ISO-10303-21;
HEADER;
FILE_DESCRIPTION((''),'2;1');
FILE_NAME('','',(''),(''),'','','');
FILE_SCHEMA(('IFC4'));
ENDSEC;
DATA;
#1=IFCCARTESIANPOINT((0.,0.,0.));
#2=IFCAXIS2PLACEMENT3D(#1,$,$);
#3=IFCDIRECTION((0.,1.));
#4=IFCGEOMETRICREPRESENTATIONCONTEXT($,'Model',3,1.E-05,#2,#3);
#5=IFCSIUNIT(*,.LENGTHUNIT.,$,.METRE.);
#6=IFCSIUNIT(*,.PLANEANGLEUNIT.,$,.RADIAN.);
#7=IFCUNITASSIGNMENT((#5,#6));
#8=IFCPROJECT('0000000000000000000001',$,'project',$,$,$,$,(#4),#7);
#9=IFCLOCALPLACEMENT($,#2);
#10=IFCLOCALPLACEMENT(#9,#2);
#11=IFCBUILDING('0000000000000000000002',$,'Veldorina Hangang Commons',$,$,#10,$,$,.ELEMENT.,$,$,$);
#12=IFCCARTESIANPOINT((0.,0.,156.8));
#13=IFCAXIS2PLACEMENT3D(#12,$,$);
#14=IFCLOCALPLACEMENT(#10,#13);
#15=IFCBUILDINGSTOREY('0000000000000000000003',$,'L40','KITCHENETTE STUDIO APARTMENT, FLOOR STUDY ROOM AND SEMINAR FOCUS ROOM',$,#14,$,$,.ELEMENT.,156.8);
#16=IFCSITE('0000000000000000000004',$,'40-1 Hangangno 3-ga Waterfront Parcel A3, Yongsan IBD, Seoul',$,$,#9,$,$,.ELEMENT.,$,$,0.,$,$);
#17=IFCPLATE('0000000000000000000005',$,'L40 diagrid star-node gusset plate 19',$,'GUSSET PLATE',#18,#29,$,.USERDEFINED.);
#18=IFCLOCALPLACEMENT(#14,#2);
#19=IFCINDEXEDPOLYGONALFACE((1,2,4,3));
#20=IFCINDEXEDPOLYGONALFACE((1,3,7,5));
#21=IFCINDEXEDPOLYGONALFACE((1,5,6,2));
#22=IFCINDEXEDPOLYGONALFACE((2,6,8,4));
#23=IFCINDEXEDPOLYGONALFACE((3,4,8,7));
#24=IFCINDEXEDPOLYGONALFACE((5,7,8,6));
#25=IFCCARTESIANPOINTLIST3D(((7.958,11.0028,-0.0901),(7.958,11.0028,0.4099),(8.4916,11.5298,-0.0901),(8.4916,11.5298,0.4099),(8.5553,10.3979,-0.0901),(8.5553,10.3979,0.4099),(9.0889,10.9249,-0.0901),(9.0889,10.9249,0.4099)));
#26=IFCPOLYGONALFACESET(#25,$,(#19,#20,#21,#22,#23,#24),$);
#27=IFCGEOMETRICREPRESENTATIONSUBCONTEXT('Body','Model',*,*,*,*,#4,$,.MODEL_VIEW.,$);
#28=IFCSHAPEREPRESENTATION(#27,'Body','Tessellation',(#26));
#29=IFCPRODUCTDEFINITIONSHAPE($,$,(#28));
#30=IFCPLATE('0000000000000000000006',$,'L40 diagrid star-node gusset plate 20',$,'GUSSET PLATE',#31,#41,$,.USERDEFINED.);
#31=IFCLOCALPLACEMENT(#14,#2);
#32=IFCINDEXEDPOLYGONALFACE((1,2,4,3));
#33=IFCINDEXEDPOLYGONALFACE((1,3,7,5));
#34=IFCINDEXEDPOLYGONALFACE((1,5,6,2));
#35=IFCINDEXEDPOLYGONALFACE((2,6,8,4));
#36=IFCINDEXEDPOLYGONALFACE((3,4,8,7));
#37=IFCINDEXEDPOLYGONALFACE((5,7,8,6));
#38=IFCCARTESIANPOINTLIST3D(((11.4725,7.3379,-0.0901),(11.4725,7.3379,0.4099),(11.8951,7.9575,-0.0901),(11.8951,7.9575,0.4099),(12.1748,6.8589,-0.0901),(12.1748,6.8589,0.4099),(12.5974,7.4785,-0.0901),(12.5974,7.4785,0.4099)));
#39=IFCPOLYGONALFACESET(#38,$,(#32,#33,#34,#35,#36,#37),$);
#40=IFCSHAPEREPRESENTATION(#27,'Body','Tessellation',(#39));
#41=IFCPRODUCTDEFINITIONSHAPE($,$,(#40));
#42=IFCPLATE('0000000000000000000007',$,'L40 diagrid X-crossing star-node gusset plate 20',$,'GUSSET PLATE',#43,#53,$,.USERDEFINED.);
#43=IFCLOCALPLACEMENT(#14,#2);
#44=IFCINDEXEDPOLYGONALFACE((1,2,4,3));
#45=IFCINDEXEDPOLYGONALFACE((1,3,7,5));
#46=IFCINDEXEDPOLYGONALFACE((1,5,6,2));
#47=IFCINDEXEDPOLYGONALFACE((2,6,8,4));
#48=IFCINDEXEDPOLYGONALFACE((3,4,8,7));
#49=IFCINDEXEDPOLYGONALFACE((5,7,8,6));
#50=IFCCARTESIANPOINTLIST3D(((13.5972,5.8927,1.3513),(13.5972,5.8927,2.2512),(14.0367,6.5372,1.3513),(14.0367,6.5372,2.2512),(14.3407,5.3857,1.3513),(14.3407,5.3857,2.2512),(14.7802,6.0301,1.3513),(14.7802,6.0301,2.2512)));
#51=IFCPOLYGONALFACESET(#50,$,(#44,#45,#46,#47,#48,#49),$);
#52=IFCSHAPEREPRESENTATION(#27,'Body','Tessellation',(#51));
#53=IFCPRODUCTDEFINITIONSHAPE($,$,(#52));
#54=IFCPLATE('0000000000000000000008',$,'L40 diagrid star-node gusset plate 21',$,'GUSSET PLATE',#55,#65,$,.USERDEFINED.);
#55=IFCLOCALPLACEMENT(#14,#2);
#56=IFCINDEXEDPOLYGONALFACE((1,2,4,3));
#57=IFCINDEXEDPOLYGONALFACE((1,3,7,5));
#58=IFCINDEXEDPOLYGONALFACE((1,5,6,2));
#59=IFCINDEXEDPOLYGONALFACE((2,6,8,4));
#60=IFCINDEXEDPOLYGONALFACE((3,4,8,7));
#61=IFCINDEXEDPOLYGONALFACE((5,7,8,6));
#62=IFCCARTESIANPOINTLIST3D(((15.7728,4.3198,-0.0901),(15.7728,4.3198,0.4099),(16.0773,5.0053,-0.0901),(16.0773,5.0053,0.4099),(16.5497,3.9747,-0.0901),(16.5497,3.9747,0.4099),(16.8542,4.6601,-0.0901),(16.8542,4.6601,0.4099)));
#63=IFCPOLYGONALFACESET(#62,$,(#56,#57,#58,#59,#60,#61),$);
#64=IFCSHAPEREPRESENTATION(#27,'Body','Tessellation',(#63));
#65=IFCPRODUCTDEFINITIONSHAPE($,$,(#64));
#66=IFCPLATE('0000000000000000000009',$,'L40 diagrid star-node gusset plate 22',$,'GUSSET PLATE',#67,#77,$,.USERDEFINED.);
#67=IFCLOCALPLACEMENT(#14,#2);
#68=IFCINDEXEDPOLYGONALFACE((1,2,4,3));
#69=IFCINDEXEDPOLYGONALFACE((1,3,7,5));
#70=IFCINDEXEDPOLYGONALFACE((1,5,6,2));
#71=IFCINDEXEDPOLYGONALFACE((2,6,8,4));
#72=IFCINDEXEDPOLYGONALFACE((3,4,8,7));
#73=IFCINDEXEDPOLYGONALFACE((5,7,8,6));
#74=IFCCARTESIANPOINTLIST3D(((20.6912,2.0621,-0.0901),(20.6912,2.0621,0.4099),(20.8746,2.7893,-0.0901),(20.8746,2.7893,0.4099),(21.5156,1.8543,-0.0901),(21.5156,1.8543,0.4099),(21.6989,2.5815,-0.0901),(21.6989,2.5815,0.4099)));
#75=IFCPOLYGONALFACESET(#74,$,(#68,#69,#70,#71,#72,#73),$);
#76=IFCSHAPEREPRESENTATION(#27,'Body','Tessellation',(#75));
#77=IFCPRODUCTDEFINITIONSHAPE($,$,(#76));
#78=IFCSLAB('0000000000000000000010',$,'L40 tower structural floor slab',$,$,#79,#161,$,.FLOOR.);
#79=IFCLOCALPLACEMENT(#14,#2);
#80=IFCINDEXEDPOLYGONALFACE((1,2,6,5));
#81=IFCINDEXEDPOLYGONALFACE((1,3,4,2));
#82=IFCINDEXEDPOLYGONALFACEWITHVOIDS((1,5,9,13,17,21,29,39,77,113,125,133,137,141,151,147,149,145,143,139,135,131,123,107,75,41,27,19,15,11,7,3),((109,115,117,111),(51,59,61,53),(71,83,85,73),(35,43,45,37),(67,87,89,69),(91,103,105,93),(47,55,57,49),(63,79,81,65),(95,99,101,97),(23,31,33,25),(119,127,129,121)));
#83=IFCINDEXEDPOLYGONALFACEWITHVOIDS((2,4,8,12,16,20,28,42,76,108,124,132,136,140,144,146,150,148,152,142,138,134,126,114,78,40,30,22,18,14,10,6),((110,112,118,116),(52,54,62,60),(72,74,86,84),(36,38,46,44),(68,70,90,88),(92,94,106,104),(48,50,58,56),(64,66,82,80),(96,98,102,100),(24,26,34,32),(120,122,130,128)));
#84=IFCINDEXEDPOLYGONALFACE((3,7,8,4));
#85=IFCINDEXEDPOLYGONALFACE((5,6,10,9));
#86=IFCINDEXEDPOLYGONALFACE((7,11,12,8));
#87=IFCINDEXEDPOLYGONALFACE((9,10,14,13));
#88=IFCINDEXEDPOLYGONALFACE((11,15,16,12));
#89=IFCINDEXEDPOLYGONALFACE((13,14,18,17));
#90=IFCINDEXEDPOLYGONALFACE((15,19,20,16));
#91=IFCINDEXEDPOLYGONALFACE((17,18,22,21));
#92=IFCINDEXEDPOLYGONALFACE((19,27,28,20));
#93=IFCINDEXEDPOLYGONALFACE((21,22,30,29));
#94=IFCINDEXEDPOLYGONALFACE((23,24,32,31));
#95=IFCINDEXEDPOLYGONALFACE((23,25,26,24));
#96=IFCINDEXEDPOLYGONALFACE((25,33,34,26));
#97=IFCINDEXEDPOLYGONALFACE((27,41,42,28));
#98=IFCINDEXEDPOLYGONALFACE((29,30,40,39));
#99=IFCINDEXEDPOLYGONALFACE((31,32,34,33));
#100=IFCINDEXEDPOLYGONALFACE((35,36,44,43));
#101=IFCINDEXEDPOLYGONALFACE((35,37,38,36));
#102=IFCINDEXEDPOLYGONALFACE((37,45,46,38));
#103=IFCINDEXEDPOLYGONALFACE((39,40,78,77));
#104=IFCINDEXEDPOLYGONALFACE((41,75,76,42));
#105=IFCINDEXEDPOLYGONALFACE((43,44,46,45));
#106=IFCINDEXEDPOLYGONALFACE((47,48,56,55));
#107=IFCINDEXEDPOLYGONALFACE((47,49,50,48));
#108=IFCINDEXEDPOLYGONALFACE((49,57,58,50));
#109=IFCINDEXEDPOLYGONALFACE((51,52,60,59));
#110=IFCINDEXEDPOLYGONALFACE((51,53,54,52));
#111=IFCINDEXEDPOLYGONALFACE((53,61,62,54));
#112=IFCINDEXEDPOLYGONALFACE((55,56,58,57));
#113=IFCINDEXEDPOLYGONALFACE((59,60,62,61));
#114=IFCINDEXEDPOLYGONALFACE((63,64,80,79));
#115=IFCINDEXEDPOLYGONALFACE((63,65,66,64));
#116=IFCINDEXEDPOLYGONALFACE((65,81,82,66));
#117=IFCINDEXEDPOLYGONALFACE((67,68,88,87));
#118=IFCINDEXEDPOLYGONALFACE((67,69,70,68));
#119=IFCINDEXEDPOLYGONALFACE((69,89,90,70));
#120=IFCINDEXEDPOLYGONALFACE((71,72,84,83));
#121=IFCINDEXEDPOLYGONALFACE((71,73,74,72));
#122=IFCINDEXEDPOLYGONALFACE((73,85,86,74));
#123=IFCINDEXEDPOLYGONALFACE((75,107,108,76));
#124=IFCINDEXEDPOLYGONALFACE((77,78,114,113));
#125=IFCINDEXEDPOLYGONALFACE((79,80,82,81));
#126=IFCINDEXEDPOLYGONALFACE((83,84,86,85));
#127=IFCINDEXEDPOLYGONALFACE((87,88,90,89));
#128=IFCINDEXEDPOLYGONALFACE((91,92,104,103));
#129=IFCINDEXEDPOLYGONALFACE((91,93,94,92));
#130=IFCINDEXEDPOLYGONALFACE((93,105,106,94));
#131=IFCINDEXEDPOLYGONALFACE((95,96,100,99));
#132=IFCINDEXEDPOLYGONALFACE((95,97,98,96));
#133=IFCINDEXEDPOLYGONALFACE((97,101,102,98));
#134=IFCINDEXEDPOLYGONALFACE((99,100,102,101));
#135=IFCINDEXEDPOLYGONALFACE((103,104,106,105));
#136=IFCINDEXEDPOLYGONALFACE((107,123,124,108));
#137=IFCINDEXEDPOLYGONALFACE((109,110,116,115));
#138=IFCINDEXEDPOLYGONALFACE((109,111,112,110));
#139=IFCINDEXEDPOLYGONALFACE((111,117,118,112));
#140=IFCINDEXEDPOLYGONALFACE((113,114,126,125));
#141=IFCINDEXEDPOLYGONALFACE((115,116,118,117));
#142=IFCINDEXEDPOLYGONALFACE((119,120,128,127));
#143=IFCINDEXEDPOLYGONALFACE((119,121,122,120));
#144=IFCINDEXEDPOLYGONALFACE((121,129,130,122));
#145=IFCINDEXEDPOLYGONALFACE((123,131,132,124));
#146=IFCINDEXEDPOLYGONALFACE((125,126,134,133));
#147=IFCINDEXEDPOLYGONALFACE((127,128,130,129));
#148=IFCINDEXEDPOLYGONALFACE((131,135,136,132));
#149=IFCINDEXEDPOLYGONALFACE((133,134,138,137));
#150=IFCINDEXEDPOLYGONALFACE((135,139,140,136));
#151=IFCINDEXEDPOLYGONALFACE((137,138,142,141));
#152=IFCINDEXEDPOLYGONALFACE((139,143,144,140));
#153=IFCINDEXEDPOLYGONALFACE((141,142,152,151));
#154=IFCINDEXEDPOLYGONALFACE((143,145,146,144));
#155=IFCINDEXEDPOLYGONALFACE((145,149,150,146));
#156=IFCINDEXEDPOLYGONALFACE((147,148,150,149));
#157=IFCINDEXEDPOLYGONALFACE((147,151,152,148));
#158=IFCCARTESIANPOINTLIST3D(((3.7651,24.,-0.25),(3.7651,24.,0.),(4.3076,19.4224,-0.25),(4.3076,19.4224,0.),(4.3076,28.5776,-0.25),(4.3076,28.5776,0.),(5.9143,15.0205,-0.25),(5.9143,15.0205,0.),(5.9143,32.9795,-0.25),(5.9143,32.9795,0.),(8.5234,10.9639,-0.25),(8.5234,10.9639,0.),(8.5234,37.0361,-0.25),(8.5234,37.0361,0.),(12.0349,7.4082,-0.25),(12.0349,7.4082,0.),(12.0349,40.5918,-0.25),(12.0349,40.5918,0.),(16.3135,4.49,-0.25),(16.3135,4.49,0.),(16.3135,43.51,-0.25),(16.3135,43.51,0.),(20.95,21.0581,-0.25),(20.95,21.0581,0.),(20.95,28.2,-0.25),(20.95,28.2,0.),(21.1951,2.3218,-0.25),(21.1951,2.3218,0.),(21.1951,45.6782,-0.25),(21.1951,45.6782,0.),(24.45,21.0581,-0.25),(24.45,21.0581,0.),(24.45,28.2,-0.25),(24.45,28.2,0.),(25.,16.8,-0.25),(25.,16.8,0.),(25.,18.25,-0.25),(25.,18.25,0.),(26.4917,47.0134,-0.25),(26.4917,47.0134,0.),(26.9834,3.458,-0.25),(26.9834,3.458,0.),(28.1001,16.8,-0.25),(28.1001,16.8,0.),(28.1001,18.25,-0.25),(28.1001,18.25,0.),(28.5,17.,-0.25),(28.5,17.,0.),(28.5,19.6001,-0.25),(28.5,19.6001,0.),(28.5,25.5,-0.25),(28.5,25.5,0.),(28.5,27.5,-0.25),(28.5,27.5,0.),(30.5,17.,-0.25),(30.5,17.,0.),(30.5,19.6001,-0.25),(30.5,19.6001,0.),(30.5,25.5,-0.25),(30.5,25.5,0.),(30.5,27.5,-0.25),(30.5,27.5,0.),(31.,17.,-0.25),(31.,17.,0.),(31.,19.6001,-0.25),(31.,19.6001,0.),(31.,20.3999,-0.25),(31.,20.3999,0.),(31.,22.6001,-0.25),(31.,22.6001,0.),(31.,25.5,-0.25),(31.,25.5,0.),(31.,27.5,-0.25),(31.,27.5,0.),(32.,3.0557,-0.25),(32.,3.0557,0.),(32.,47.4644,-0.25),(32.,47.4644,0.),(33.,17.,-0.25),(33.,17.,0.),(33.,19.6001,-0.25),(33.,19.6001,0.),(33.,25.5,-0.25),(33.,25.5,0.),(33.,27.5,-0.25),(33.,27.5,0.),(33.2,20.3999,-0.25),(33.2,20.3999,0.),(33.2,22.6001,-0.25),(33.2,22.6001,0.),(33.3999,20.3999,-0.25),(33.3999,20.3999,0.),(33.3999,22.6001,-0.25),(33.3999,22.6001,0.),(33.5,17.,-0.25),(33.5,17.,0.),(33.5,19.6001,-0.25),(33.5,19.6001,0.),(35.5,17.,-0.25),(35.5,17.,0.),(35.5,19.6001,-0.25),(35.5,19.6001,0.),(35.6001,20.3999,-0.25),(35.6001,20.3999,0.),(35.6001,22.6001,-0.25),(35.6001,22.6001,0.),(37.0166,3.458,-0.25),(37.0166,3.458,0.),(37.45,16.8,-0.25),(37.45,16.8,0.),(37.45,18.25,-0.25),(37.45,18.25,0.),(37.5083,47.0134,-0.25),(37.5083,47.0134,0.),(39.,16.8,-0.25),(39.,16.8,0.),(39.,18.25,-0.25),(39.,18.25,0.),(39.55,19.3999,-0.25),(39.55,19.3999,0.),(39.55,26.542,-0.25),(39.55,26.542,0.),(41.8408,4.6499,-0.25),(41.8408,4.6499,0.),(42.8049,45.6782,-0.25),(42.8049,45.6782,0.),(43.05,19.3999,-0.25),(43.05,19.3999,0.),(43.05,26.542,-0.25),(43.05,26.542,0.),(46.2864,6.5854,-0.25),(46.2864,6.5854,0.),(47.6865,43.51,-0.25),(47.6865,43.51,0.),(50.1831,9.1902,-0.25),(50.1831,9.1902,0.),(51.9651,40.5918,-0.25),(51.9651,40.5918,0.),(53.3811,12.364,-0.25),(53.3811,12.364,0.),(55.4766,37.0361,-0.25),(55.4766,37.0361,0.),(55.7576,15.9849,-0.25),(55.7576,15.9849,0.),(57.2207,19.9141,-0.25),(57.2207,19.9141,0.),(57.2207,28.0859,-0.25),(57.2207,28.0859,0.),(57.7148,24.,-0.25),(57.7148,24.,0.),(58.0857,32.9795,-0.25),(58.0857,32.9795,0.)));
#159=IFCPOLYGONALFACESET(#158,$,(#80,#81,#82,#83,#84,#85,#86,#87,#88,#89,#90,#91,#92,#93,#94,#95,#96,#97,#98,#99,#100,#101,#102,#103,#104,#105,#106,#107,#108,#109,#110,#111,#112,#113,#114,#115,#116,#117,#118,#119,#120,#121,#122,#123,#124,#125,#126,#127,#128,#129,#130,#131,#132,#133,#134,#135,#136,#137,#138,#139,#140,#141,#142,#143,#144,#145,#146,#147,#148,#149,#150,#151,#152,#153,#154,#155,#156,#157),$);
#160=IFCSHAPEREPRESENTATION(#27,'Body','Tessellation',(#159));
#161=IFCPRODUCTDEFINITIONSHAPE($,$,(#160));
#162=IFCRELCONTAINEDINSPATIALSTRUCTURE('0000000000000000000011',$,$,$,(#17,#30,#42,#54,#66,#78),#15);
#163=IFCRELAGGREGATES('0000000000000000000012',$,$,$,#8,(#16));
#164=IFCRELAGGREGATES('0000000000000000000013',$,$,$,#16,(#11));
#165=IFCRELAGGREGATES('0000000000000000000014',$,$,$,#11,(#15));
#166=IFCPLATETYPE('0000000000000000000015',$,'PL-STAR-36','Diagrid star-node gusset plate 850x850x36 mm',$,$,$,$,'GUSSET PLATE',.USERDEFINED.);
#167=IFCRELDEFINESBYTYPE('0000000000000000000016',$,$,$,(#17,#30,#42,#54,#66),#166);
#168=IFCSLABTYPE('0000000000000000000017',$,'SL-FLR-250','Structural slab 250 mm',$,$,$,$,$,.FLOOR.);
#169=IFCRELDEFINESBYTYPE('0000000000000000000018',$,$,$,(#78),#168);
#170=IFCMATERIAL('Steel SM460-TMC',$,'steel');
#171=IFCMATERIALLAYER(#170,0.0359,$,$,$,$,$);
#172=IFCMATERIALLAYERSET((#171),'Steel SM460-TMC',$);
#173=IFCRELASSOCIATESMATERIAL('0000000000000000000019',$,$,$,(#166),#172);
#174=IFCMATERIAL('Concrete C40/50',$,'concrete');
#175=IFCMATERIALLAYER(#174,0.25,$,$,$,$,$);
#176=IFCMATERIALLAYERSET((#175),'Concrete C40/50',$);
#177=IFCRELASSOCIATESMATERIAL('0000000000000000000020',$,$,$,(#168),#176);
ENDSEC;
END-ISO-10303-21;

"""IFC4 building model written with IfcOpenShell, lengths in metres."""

from ifc_helpers import new_model, si_unit, direction, frame, origin, origin_2d, place, context, subcontext, project, spatial, polyline, rectangle, outline, extrude, material, layer, layer_set, type_object, element, save


model = new_model("IFC4")

# Units and contexts
model_context = context("Model", 3, precision=1e-05, world=origin(), true_north=direction((0.0, 1.0)))
body_context = subcontext(model_context, "Body", "Model", "MODEL_VIEW")
ifc_project = project(units=[si_unit("LENGTHUNIT", "METRE"), si_unit("PLANEANGLEUNIT", "RADIAN")], contexts=[model_context])

# Site, building, storey
site_placement = place(None, origin())
site = spatial("IfcSite", under=ifc_project, at=site_placement, Name="40-1 Hangangno 3-ga Waterfront Parcel A3, Yongsan IBD, Seoul", CompositionType="ELEMENT", RefElevation=0.0)
building_placement = place(site_placement, origin())
building = spatial("IfcBuilding", under=site, at=building_placement, Name="Veldorina Hangang Commons", CompositionType="ELEMENT")
storey_placement = place(building_placement, frame((0.0, 0.0, 156.8)))
storey = spatial("IfcBuildingStorey", under=building, at=storey_placement, Name="L40", Description="KITCHENETTE STUDIO APARTMENT, FLOOR STUDY ROOM AND SEMINAR FOCUS ROOM", CompositionType="ELEMENT", Elevation=156.8)

# Plates
ifc_material_1 = material(Name="Steel SM460-TMC", Category="steel")
ifc_layer_1 = layer(ifc_material_1, 0.0359)
ifc_layer_set_1 = layer_set([ifc_layer_1], Name="Steel SM460-TMC")
plate_type = type_object("IfcPlateType", Name="PL-STAR-36", Description="Diagrid star-node gusset plate 850x850x36 mm", ElementType="GUSSET PLATE", PredefinedType="USERDEFINED", material=ifc_layer_set_1)
for number, where, z_axis, x_axis, name in (
    (1, (8.5234, 10.9639, -0.0901), (0.0, 0.0, 1.0), (0.702662, -0.711523, 0.0), "L40 diagrid star-node gusset plate 19"),
    (2, (12.0349, 7.4082, -0.0901), (0.0, 0.0, 1.0), (0.826147, -0.563454, 0.0), "L40 diagrid star-node gusset plate 20"),
):
    element("IfcPlate", number, at=place(storey_placement, frame(where, z_axis=z_axis, x_axis=x_axis)), inside=storey, type_object=plate_type, Name=name, ObjectType="GUSSET PLATE", PredefinedType="USERDEFINED", context=body_context, shape_type="SweptSolid", body=[
        extrude(rectangle(XDim=0.8501, YDim=0.75, at=origin_2d()), origin(), (0.0, 0.0, 1.0), 0.5),
    ])
plate_placement = place(storey_placement, frame((14.1887, 5.9614, 1.3513), z_axis=(0.0, 0.0, 1.0), x_axis=(0.826147, -0.563454, 0.0)))
element("IfcPlate", 3, at=plate_placement, inside=storey, type_object=plate_type, Name="L40 diagrid X-crossing star-node gusset plate 20", ObjectType="GUSSET PLATE", PredefinedType="USERDEFINED", context=body_context, shape_type="SweptSolid", body=[
    extrude(rectangle(XDim=0.8999, YDim=0.78, at=origin_2d()), origin(), (0.0, 0.0, 1.0), 0.8999),
])
for number, where, z_axis, x_axis, name in (
    (4, (16.3135, 4.49, -0.0901), (0.0, 0.0, 1.0), (0.913893, -0.405955, 0.0), "L40 diagrid star-node gusset plate 21"),
    (5, (21.1951, 2.3218, -0.0901), (0.0, 0.0, 1.0), (0.969663, -0.244444, 0.0), "L40 diagrid star-node gusset plate 22"),
):
    element("IfcPlate", number, at=place(storey_placement, frame(where, z_axis=z_axis, x_axis=x_axis)), inside=storey, type_object=plate_type, Name=name, ObjectType="GUSSET PLATE", PredefinedType="USERDEFINED", context=body_context, shape_type="SweptSolid", body=[
        extrude(rectangle(XDim=0.8501, YDim=0.75, at=origin_2d()), origin(), (0.0, 0.0, 1.0), 0.5),
    ])

# Slab
ifc_material_2 = material(Name="Concrete C40/50", Category="concrete")
ifc_layer_2 = layer(ifc_material_2, 0.25)
ifc_layer_set_2 = layer_set([ifc_layer_2], Name="Concrete C40/50")
slab_type_1 = type_object("IfcSlabType", Name="SL-FLR-250", Description="Structural slab 250 mm", PredefinedType="FLOOR", material=ifc_layer_set_2)
slab_1_placement = place(storey_placement, frame((0.0, 0.0, -0.25)))
element("IfcSlab", 6, at=slab_1_placement, inside=storey, type_object=slab_type_1, Name="L40 tower structural floor slab", PredefinedType="FLOOR", context=body_context, shape_type="SweptSolid", body=[
    extrude(outline(polyline([(57.7148, 24.0), (57.2207, 28.0859), (58.0857, 32.9795), (55.4766, 37.0361), (51.9651, 40.5918), (47.6865, 43.51), (42.8049, 45.6782), (37.5083, 47.0134), (32.0, 47.4644), (26.4917, 47.0134), (21.1951, 45.6782), (16.3135, 43.51), (12.0349, 40.5918), (8.5234, 37.0361), (5.9143, 32.9795), (4.3076, 28.5776), (3.7651, 24.0), (4.3076, 19.4224), (5.9143, 15.0205), (8.5234, 10.9639), (12.0349, 7.4082), (16.3135, 4.49), (21.1951, 2.3218), (26.9834, 3.458), (32.0, 3.0557), (37.0166, 3.458), (41.8408, 4.6499), (46.2864, 6.5854), (50.1831, 9.1902), (53.3811, 12.364), (55.7576, 15.9849), (57.2207, 19.9141), (57.7148, 24.0)]), holes=[polyline([(20.95, 21.0581), (20.95, 28.2), (24.45, 28.2), (24.45, 21.0581), (20.95, 21.0581)]), polyline([(43.05, 26.542), (43.05, 19.3999), (39.55, 19.3999), (39.55, 26.542), (43.05, 26.542)]), polyline([(28.5, 27.5), (30.5, 27.5), (30.5, 25.5), (28.5, 25.5), (28.5, 27.5)]), polyline([(31.0, 27.5), (33.0, 27.5), (33.0, 25.5), (31.0, 25.5), (31.0, 27.5)]), polyline([(31.0, 22.6001), (33.2, 22.6001), (33.2, 20.3999), (31.0, 20.3999), (31.0, 22.6001)]), polyline([(33.3999, 22.6001), (35.6001, 22.6001), (35.6001, 20.3999), (33.3999, 20.3999), (33.3999, 22.6001)]), polyline([(28.5, 19.6001), (30.5, 19.6001), (30.5, 17.0), (28.5, 17.0), (28.5, 19.6001)]), polyline([(31.0, 19.6001), (33.0, 19.6001), (33.0, 17.0), (31.0, 17.0), (31.0, 19.6001)]), polyline([(33.5, 19.6001), (35.5, 19.6001), (35.5, 17.0), (33.5, 17.0), (33.5, 19.6001)]), polyline([(25.0, 18.25), (28.1001, 18.25), (28.1001, 16.8), (25.0, 16.8), (25.0, 18.25)]), polyline([(37.45, 18.25), (39.0, 18.25), (39.0, 16.8), (37.45, 16.8), (37.45, 18.25)])]), origin(), (0.0, 0.0, 1.0), 0.25),
])

save(model, "model.ifc")
